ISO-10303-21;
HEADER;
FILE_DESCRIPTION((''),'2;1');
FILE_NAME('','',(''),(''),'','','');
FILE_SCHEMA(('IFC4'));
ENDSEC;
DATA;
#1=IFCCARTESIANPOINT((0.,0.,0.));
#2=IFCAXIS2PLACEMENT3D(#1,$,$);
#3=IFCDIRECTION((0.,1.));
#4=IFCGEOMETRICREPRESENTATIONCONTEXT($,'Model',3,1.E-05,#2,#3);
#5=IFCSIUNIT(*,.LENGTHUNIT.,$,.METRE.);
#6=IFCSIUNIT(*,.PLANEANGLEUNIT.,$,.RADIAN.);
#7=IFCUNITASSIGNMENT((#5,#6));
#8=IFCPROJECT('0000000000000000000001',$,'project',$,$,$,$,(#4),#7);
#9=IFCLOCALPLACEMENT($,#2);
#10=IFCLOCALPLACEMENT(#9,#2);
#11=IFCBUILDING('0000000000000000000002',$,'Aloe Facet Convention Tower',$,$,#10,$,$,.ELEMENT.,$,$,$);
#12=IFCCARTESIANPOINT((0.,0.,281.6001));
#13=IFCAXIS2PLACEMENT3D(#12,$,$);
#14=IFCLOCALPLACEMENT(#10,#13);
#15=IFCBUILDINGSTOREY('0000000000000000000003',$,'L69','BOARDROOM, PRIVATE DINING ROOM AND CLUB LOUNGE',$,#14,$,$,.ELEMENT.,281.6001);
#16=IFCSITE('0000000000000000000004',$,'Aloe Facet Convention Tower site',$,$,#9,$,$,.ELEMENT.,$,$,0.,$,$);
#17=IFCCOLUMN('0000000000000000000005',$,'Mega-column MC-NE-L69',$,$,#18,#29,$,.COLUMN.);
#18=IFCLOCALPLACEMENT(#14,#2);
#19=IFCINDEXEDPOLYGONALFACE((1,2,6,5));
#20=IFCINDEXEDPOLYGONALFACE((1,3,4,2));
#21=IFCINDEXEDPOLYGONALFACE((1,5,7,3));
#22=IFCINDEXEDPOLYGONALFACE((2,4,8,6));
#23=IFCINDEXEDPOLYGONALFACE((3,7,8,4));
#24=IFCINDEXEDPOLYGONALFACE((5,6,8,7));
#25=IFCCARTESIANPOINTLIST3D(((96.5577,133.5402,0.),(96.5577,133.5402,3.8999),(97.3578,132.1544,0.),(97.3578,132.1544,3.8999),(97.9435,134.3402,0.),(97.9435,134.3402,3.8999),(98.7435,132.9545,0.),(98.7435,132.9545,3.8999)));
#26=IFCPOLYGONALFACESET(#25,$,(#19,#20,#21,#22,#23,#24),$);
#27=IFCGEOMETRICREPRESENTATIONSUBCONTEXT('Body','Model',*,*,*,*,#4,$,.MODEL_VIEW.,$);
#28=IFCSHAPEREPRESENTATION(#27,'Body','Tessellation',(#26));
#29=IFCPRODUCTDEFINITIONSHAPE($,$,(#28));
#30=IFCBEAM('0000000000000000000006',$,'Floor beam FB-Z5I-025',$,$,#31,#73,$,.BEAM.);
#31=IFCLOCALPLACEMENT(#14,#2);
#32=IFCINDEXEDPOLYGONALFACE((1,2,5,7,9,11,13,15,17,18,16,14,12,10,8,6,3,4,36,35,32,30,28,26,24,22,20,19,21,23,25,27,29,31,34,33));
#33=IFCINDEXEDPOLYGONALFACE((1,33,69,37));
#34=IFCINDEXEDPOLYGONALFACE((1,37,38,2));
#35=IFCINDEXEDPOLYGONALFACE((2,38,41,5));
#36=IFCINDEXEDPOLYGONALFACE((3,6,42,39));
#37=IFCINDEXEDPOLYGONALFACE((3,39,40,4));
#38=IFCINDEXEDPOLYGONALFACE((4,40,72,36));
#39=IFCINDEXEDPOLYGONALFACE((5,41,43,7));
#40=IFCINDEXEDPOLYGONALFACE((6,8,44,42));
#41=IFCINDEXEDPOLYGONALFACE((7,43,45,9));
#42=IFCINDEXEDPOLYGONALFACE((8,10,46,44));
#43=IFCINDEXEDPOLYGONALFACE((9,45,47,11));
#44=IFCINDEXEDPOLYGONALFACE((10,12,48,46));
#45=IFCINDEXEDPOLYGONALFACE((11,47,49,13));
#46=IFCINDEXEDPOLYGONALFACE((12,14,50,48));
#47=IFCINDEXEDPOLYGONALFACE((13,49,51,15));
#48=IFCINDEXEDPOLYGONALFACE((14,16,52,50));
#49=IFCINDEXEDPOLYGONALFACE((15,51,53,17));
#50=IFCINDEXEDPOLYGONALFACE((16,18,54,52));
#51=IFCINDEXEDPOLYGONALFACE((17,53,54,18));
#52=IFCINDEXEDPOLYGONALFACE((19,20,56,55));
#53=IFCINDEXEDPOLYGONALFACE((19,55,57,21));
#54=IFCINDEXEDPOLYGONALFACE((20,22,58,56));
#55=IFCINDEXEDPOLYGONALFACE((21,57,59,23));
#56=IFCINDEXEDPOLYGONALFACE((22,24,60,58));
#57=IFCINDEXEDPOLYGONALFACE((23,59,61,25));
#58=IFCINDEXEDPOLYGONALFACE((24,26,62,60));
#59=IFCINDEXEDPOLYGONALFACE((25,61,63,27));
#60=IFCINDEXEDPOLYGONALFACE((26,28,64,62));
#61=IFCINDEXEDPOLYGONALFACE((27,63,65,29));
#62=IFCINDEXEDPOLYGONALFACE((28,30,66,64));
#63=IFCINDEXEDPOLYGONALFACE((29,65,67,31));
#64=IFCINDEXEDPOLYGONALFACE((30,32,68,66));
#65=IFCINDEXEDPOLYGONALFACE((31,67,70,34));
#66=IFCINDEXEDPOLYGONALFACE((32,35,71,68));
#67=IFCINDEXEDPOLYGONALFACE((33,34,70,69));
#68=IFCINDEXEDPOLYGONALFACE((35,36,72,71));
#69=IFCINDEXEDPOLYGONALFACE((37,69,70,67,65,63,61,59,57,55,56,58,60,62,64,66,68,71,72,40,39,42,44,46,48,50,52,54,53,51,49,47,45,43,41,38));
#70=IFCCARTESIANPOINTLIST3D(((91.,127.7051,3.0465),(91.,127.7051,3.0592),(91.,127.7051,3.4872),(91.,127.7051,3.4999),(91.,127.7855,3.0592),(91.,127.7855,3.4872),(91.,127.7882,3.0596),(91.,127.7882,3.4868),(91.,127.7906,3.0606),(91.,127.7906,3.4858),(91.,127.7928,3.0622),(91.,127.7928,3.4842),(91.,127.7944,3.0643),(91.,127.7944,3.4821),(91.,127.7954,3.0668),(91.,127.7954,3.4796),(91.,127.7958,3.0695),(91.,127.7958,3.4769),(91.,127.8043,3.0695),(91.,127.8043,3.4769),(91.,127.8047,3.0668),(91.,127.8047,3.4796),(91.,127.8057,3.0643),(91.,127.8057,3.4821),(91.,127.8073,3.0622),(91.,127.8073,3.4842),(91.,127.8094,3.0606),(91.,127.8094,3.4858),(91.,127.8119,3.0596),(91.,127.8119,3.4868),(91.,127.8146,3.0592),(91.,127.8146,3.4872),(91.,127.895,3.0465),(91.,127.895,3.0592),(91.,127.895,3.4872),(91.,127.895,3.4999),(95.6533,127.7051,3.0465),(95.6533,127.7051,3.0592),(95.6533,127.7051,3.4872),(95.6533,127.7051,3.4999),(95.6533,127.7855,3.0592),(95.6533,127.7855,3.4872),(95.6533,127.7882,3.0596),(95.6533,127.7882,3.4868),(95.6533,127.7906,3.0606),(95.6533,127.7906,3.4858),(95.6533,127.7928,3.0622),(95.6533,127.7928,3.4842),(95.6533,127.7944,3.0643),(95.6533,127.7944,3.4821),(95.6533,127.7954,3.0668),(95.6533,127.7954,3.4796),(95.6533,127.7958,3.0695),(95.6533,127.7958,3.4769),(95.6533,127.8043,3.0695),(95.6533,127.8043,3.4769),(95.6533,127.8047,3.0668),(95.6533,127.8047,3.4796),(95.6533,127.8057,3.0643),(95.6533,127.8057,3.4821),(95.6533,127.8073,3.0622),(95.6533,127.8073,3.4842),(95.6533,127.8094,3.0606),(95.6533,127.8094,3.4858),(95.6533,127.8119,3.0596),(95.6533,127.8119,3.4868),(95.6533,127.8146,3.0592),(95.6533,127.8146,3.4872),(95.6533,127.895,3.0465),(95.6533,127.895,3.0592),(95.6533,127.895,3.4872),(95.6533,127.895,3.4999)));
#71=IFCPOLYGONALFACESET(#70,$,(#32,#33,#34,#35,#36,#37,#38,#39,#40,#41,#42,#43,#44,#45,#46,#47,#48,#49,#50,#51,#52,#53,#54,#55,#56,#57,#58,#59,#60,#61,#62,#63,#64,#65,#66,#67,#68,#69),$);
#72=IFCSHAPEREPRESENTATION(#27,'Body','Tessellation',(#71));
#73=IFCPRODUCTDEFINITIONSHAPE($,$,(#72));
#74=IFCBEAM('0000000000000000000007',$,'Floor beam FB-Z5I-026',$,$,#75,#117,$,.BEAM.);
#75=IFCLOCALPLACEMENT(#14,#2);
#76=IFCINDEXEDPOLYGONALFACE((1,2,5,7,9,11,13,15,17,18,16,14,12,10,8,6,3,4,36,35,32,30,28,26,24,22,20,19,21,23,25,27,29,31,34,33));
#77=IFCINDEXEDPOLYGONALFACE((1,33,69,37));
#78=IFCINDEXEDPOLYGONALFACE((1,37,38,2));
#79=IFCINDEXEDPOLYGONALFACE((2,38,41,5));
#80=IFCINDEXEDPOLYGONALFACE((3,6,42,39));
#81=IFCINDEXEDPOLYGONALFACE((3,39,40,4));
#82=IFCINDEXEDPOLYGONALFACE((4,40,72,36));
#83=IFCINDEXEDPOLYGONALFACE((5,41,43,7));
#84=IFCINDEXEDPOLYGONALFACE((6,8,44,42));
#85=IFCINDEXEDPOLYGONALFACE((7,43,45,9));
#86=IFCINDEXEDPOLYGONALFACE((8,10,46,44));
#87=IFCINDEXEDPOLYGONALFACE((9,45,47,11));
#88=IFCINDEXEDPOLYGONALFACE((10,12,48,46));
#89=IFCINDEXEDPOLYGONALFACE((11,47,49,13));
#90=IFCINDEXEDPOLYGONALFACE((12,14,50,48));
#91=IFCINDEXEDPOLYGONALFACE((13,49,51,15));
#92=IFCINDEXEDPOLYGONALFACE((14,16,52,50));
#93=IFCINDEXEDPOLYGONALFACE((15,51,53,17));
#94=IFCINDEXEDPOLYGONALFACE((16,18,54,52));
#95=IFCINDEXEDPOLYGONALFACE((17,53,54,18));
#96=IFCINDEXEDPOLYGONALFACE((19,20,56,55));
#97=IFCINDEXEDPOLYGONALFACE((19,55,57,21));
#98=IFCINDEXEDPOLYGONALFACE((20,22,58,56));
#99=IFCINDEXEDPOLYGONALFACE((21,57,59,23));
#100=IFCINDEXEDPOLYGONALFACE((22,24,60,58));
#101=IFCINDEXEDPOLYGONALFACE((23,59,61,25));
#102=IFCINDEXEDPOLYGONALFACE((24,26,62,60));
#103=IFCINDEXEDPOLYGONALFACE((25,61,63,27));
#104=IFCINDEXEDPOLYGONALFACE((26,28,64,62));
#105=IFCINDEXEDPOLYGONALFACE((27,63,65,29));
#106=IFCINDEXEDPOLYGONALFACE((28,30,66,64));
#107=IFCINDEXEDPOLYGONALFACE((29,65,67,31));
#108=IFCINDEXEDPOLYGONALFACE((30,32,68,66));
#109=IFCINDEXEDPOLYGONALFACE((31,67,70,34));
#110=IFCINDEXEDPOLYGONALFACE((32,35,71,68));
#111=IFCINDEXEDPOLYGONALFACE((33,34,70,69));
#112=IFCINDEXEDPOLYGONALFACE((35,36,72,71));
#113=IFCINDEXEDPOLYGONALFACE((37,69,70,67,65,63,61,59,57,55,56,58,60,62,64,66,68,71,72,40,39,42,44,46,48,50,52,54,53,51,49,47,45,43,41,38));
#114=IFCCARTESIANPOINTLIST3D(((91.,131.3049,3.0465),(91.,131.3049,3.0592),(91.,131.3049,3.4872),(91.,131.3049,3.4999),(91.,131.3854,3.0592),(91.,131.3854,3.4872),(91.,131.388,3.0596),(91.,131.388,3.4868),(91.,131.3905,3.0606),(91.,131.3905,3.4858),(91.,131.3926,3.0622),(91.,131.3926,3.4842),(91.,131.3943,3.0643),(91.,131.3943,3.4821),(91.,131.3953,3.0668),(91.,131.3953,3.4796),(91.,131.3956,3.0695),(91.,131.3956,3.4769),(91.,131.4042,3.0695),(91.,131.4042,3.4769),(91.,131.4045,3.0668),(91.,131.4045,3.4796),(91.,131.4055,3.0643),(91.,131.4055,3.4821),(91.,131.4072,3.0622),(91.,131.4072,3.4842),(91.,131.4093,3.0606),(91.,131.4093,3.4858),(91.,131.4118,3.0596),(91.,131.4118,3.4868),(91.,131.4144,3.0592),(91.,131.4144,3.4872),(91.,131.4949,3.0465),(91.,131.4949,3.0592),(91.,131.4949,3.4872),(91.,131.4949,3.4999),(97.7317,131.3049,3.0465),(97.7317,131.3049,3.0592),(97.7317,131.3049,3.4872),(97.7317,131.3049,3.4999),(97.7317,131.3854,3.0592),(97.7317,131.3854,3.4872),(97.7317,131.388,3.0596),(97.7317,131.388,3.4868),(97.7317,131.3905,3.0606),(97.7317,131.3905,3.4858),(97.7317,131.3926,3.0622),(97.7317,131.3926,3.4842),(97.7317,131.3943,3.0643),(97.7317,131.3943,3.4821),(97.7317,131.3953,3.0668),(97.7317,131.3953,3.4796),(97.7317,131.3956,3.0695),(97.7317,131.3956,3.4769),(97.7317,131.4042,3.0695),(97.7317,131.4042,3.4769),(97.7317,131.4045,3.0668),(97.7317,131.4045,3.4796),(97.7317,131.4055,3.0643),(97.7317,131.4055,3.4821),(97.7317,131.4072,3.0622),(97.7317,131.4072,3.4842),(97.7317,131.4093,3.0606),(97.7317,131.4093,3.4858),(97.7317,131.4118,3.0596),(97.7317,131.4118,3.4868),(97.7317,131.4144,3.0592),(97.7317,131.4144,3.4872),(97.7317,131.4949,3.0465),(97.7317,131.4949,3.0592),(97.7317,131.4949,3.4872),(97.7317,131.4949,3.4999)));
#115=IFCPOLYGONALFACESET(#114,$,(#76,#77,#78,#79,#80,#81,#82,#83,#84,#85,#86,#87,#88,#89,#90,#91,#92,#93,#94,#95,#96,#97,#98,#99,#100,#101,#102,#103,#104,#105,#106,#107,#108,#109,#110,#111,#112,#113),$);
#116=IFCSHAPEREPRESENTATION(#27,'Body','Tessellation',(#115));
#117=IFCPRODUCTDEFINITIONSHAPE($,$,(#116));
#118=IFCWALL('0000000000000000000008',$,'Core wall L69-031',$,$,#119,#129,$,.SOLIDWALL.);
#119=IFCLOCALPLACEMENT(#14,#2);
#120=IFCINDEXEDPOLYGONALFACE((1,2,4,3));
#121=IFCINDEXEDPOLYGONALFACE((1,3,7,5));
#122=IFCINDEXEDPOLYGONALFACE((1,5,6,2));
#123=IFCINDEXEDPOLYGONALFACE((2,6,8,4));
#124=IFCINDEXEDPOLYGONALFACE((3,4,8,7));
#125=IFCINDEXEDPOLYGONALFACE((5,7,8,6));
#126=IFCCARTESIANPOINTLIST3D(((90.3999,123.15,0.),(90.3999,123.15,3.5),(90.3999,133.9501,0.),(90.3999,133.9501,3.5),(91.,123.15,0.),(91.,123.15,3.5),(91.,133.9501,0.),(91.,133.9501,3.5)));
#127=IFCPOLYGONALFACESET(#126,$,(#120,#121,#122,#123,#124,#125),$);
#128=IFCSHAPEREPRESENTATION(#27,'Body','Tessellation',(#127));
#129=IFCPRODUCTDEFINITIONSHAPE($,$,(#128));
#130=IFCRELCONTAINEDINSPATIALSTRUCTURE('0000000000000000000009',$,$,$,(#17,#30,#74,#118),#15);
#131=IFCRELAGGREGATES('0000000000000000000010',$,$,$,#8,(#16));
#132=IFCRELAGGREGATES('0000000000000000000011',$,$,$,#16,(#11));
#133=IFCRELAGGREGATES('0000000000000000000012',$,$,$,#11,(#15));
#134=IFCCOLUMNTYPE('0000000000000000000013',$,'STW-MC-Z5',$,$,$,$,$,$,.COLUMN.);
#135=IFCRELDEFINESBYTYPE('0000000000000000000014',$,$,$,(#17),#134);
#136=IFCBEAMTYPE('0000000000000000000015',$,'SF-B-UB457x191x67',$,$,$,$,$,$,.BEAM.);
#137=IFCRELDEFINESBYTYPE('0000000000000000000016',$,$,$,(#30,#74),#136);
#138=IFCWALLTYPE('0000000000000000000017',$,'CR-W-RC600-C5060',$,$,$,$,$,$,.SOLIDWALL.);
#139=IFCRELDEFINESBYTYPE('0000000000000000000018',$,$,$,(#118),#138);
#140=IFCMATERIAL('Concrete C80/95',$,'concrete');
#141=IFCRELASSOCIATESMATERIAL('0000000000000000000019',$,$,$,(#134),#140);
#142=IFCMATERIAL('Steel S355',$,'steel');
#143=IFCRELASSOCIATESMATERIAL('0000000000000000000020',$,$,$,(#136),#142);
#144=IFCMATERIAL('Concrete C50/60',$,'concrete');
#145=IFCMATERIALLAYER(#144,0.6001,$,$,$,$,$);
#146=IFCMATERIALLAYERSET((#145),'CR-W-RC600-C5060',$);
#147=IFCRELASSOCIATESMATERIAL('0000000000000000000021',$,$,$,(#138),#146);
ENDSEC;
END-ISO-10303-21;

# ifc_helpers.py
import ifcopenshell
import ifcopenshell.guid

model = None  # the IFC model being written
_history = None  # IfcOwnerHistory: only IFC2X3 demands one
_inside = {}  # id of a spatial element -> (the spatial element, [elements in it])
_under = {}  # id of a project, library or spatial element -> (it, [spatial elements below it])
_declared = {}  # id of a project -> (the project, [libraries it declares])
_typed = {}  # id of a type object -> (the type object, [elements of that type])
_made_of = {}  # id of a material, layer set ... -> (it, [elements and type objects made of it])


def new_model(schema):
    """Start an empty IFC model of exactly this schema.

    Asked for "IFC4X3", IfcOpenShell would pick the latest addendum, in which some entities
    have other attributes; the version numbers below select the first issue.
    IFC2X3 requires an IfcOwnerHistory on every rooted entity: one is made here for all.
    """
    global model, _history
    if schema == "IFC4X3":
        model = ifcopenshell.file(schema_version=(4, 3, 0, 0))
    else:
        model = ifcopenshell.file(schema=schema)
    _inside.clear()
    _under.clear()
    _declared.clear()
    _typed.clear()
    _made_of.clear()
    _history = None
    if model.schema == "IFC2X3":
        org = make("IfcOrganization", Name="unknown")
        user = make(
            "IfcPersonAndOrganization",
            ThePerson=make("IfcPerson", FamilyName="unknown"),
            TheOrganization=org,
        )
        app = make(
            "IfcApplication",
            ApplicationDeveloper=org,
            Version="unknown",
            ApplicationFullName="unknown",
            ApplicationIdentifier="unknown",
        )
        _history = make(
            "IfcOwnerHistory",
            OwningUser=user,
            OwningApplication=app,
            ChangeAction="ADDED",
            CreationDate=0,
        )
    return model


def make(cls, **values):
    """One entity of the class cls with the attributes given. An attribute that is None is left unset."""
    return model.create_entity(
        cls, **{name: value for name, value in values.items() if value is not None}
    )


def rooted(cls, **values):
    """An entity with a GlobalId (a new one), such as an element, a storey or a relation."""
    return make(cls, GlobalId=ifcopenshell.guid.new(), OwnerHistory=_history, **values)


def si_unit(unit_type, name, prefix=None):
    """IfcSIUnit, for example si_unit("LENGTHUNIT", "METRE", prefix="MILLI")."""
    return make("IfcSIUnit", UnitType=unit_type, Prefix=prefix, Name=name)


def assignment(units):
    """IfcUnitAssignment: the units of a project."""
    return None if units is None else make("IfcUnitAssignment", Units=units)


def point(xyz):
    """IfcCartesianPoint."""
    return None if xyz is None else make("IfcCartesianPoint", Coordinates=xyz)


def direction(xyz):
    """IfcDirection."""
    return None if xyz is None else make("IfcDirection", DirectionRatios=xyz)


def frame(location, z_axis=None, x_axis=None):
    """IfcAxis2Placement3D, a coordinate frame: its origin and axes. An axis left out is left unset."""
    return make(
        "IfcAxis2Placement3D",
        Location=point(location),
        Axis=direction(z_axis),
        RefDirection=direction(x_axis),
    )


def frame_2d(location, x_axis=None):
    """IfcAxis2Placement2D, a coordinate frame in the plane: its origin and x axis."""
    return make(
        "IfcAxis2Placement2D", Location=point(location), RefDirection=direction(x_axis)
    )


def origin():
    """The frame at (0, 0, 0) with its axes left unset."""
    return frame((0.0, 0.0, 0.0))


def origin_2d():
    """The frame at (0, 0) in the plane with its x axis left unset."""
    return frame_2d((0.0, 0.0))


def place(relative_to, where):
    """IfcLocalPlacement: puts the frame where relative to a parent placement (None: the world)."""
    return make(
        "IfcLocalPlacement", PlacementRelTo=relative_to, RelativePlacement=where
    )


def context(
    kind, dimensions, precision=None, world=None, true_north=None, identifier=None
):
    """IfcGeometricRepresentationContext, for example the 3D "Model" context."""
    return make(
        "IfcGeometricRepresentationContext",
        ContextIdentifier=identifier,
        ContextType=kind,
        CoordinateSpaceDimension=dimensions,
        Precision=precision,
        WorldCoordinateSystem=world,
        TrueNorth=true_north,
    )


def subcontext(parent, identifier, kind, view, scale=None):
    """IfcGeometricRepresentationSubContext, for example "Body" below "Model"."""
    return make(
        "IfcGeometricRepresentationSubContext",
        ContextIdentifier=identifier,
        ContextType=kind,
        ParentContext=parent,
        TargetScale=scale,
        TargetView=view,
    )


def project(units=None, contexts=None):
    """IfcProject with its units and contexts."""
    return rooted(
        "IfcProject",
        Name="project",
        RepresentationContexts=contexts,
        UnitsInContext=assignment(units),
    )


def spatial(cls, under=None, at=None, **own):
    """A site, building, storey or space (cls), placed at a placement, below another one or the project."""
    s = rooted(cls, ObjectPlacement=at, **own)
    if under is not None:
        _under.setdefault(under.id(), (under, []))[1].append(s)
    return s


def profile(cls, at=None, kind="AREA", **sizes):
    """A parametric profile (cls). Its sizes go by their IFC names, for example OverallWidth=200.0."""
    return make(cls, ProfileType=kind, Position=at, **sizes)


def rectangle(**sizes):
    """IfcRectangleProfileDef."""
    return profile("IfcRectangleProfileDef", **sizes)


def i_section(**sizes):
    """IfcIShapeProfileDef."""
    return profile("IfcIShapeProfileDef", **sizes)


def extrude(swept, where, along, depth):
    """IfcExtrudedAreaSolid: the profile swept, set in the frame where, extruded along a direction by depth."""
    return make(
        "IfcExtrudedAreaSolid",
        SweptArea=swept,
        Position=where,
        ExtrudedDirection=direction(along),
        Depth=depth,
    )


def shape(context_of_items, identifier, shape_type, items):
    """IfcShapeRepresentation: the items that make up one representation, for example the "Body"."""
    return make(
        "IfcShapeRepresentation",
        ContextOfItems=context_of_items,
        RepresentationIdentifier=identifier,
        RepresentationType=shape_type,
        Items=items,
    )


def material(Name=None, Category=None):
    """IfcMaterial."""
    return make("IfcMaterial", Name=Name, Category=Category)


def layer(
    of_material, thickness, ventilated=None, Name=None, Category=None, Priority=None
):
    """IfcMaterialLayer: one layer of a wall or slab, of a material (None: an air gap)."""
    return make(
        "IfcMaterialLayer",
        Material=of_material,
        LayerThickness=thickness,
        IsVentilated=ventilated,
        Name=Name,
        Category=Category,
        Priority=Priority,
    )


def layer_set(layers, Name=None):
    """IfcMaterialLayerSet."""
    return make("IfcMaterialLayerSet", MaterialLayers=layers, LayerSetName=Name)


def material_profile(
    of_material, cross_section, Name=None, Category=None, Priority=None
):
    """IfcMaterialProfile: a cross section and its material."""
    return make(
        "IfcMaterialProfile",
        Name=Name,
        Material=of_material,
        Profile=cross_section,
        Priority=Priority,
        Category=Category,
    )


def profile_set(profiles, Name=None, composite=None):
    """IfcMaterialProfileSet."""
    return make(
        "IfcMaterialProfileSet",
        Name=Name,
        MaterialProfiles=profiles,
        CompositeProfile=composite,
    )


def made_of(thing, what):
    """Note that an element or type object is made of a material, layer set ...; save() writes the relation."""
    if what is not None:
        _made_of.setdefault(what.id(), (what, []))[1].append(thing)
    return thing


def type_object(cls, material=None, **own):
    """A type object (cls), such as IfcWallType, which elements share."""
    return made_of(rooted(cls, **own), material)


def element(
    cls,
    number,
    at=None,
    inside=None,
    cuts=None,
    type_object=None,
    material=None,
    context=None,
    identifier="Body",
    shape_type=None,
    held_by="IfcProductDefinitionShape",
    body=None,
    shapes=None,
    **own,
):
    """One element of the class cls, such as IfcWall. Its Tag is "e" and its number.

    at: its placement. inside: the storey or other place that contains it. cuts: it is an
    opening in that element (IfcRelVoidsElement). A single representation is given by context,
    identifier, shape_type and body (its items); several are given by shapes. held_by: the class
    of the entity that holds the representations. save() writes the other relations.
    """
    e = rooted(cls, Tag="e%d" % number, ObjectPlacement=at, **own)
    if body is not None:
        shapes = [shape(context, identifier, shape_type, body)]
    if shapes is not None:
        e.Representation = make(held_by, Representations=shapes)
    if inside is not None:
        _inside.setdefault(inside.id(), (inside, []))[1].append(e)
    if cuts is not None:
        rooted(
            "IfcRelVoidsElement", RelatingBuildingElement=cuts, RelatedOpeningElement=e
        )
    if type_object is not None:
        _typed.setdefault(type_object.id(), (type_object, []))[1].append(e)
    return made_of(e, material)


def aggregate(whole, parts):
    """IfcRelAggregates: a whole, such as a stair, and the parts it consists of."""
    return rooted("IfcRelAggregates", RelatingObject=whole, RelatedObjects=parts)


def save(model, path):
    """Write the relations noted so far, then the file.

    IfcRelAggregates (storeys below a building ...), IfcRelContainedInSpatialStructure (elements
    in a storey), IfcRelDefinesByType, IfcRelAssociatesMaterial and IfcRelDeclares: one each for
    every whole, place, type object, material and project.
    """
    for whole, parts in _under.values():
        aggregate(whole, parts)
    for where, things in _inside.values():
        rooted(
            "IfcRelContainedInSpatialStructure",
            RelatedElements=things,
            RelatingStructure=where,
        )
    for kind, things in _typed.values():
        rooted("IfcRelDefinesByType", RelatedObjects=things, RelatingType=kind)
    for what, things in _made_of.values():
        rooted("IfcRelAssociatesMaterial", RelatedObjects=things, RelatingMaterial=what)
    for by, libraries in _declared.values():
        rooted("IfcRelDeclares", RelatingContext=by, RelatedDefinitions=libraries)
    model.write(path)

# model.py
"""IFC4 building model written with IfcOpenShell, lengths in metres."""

from ifc_helpers import new_model, si_unit, direction, frame, frame_2d, origin, origin_2d, place, context, subcontext, project, spatial, rectangle, i_section, extrude, material, layer, layer_set, material_profile, profile_set, type_object, element, save


model = new_model("IFC4")

# Units and contexts
model_context = context("Model", 3, precision=1e-05, world=origin(), true_north=direction((0.0, 1.0)))
body_context = subcontext(model_context, "Body", "Model", "MODEL_VIEW")
ifc_project = project(units=[si_unit("LENGTHUNIT", "METRE"), si_unit("PLANEANGLEUNIT", "RADIAN")], contexts=[model_context])

# Site, building, storey
site_placement = place(None, origin())
site = spatial("IfcSite", under=ifc_project, at=site_placement, Name="Aloe Facet Convention Tower site", CompositionType="ELEMENT", RefElevation=0.0)
building_placement = place(site_placement, origin())
building = spatial("IfcBuilding", under=site, at=building_placement, Name="Aloe Facet Convention Tower", CompositionType="ELEMENT")
storey_placement = place(building_placement, frame((0.0, 0.0, 281.6001)))
storey = spatial("IfcBuildingStorey", under=building, at=storey_placement, Name="L69", Description="BOARDROOM, PRIVATE DINING ROOM AND CLUB LOUNGE", CompositionType="ELEMENT", Elevation=281.6001)

# Column
ifc_material_1 = material(Name="Concrete C80/95", Category="concrete")
ifc_material_profile_1 = material_profile(ifc_material_1, rectangle(XDim=1.6001, YDim=1.6001, at=origin_2d()), Name="STW-MC-Z5")
ifc_profile_set_1 = profile_set([ifc_material_profile_1], Name="Concrete C80/95")
column_type = type_object("IfcColumnType", Name="STW-MC-Z5", PredefinedType="COLUMN", material=ifc_profile_set_1)
column_placement = place(storey_placement, frame((97.6506, 133.2473, 0.0), z_axis=(0.0, 0.0, 1.0), x_axis=(-0.5, 0.866025, 0.0)))
element("IfcColumn", 1, at=column_placement, inside=storey, type_object=column_type, Name="Mega-column MC-NE-L69", PredefinedType="COLUMN", context=body_context, shape_type="SweptSolid", body=[
    extrude(rectangle(XDim=1.6001, YDim=1.6001, at=origin_2d()), origin(), (0.0, 0.0, 1.0), 3.8999),
])

# Beams
ifc_material_2 = material(Name="Steel S355", Category="steel")
ifc_material_profile_2 = material_profile(ifc_material_2, i_section(OverallWidth=0.1899, OverallDepth=0.4534, WebThickness=0.0085, FlangeThickness=0.0127, FilletRadius=0.0103, at=origin_2d()), Name="UB 457x191x67")
ifc_profile_set_2 = profile_set([ifc_material_profile_2], Name="Steel S355")
beam_type = type_object("IfcBeamType", Name="SF-B-UB457x191x67", PredefinedType="BEAM", material=ifc_profile_set_2)
beam_1_placement = place(storey_placement, frame((91.0, 127.8, 3.2732), z_axis=(1.0, 0.0, 0.0), x_axis=(0.0, 1.0, 0.0)))
element("IfcBeam", 2, at=beam_1_placement, inside=storey, type_object=beam_type, Name="Floor beam FB-Z5I-025", PredefinedType="BEAM", context=body_context, shape_type="SweptSolid", body=[
    extrude(i_section(OverallWidth=0.1899, OverallDepth=0.4534, WebThickness=0.0085, FlangeThickness=0.0127, FilletRadius=0.0103, at=origin_2d()), origin(), (0.0, 0.0, 1.0), 4.6533),
])
beam_2_placement = place(storey_placement, frame((91.0, 131.3999, 3.2732), z_axis=(1.0, 0.0, 0.0), x_axis=(0.0, 1.0, 0.0)))
element("IfcBeam", 3, at=beam_2_placement, inside=storey, type_object=beam_type, Name="Floor beam FB-Z5I-026", PredefinedType="BEAM", context=body_context, shape_type="SweptSolid", body=[
    extrude(i_section(OverallWidth=0.1899, OverallDepth=0.4534, WebThickness=0.0085, FlangeThickness=0.0127, FilletRadius=0.0103, at=origin_2d()), origin(), (0.0, 0.0, 1.0), 6.7317),
])

# Wall
ifc_material_3 = material(Name="Concrete C50/60", Category="concrete")
ifc_layer_1 = layer(ifc_material_3, 0.6001)
ifc_layer_set_1 = layer_set([ifc_layer_1], Name="CR-W-RC600-C5060")
wall_type_1 = type_object("IfcWallType", Name="CR-W-RC600-C5060", PredefinedType="SOLIDWALL", material=ifc_layer_set_1)
wall_1_placement = place(storey_placement, frame((90.7, 133.95, 0.0), z_axis=(0.0, 0.0, 1.0), x_axis=(0.0, -1.0, 0.0)))
element("IfcWall", 4, at=wall_1_placement, inside=storey, type_object=wall_type_1, Name="Core wall L69-031", PredefinedType="SOLIDWALL", context=body_context, shape_type="SweptSolid", body=[
    extrude(rectangle(XDim=10.8, YDim=0.6001, at=frame_2d((5.3999, 0.0))), origin(), (0.0, 0.0, 1.0), 3.5),
])

save(model, "model.ifc")
